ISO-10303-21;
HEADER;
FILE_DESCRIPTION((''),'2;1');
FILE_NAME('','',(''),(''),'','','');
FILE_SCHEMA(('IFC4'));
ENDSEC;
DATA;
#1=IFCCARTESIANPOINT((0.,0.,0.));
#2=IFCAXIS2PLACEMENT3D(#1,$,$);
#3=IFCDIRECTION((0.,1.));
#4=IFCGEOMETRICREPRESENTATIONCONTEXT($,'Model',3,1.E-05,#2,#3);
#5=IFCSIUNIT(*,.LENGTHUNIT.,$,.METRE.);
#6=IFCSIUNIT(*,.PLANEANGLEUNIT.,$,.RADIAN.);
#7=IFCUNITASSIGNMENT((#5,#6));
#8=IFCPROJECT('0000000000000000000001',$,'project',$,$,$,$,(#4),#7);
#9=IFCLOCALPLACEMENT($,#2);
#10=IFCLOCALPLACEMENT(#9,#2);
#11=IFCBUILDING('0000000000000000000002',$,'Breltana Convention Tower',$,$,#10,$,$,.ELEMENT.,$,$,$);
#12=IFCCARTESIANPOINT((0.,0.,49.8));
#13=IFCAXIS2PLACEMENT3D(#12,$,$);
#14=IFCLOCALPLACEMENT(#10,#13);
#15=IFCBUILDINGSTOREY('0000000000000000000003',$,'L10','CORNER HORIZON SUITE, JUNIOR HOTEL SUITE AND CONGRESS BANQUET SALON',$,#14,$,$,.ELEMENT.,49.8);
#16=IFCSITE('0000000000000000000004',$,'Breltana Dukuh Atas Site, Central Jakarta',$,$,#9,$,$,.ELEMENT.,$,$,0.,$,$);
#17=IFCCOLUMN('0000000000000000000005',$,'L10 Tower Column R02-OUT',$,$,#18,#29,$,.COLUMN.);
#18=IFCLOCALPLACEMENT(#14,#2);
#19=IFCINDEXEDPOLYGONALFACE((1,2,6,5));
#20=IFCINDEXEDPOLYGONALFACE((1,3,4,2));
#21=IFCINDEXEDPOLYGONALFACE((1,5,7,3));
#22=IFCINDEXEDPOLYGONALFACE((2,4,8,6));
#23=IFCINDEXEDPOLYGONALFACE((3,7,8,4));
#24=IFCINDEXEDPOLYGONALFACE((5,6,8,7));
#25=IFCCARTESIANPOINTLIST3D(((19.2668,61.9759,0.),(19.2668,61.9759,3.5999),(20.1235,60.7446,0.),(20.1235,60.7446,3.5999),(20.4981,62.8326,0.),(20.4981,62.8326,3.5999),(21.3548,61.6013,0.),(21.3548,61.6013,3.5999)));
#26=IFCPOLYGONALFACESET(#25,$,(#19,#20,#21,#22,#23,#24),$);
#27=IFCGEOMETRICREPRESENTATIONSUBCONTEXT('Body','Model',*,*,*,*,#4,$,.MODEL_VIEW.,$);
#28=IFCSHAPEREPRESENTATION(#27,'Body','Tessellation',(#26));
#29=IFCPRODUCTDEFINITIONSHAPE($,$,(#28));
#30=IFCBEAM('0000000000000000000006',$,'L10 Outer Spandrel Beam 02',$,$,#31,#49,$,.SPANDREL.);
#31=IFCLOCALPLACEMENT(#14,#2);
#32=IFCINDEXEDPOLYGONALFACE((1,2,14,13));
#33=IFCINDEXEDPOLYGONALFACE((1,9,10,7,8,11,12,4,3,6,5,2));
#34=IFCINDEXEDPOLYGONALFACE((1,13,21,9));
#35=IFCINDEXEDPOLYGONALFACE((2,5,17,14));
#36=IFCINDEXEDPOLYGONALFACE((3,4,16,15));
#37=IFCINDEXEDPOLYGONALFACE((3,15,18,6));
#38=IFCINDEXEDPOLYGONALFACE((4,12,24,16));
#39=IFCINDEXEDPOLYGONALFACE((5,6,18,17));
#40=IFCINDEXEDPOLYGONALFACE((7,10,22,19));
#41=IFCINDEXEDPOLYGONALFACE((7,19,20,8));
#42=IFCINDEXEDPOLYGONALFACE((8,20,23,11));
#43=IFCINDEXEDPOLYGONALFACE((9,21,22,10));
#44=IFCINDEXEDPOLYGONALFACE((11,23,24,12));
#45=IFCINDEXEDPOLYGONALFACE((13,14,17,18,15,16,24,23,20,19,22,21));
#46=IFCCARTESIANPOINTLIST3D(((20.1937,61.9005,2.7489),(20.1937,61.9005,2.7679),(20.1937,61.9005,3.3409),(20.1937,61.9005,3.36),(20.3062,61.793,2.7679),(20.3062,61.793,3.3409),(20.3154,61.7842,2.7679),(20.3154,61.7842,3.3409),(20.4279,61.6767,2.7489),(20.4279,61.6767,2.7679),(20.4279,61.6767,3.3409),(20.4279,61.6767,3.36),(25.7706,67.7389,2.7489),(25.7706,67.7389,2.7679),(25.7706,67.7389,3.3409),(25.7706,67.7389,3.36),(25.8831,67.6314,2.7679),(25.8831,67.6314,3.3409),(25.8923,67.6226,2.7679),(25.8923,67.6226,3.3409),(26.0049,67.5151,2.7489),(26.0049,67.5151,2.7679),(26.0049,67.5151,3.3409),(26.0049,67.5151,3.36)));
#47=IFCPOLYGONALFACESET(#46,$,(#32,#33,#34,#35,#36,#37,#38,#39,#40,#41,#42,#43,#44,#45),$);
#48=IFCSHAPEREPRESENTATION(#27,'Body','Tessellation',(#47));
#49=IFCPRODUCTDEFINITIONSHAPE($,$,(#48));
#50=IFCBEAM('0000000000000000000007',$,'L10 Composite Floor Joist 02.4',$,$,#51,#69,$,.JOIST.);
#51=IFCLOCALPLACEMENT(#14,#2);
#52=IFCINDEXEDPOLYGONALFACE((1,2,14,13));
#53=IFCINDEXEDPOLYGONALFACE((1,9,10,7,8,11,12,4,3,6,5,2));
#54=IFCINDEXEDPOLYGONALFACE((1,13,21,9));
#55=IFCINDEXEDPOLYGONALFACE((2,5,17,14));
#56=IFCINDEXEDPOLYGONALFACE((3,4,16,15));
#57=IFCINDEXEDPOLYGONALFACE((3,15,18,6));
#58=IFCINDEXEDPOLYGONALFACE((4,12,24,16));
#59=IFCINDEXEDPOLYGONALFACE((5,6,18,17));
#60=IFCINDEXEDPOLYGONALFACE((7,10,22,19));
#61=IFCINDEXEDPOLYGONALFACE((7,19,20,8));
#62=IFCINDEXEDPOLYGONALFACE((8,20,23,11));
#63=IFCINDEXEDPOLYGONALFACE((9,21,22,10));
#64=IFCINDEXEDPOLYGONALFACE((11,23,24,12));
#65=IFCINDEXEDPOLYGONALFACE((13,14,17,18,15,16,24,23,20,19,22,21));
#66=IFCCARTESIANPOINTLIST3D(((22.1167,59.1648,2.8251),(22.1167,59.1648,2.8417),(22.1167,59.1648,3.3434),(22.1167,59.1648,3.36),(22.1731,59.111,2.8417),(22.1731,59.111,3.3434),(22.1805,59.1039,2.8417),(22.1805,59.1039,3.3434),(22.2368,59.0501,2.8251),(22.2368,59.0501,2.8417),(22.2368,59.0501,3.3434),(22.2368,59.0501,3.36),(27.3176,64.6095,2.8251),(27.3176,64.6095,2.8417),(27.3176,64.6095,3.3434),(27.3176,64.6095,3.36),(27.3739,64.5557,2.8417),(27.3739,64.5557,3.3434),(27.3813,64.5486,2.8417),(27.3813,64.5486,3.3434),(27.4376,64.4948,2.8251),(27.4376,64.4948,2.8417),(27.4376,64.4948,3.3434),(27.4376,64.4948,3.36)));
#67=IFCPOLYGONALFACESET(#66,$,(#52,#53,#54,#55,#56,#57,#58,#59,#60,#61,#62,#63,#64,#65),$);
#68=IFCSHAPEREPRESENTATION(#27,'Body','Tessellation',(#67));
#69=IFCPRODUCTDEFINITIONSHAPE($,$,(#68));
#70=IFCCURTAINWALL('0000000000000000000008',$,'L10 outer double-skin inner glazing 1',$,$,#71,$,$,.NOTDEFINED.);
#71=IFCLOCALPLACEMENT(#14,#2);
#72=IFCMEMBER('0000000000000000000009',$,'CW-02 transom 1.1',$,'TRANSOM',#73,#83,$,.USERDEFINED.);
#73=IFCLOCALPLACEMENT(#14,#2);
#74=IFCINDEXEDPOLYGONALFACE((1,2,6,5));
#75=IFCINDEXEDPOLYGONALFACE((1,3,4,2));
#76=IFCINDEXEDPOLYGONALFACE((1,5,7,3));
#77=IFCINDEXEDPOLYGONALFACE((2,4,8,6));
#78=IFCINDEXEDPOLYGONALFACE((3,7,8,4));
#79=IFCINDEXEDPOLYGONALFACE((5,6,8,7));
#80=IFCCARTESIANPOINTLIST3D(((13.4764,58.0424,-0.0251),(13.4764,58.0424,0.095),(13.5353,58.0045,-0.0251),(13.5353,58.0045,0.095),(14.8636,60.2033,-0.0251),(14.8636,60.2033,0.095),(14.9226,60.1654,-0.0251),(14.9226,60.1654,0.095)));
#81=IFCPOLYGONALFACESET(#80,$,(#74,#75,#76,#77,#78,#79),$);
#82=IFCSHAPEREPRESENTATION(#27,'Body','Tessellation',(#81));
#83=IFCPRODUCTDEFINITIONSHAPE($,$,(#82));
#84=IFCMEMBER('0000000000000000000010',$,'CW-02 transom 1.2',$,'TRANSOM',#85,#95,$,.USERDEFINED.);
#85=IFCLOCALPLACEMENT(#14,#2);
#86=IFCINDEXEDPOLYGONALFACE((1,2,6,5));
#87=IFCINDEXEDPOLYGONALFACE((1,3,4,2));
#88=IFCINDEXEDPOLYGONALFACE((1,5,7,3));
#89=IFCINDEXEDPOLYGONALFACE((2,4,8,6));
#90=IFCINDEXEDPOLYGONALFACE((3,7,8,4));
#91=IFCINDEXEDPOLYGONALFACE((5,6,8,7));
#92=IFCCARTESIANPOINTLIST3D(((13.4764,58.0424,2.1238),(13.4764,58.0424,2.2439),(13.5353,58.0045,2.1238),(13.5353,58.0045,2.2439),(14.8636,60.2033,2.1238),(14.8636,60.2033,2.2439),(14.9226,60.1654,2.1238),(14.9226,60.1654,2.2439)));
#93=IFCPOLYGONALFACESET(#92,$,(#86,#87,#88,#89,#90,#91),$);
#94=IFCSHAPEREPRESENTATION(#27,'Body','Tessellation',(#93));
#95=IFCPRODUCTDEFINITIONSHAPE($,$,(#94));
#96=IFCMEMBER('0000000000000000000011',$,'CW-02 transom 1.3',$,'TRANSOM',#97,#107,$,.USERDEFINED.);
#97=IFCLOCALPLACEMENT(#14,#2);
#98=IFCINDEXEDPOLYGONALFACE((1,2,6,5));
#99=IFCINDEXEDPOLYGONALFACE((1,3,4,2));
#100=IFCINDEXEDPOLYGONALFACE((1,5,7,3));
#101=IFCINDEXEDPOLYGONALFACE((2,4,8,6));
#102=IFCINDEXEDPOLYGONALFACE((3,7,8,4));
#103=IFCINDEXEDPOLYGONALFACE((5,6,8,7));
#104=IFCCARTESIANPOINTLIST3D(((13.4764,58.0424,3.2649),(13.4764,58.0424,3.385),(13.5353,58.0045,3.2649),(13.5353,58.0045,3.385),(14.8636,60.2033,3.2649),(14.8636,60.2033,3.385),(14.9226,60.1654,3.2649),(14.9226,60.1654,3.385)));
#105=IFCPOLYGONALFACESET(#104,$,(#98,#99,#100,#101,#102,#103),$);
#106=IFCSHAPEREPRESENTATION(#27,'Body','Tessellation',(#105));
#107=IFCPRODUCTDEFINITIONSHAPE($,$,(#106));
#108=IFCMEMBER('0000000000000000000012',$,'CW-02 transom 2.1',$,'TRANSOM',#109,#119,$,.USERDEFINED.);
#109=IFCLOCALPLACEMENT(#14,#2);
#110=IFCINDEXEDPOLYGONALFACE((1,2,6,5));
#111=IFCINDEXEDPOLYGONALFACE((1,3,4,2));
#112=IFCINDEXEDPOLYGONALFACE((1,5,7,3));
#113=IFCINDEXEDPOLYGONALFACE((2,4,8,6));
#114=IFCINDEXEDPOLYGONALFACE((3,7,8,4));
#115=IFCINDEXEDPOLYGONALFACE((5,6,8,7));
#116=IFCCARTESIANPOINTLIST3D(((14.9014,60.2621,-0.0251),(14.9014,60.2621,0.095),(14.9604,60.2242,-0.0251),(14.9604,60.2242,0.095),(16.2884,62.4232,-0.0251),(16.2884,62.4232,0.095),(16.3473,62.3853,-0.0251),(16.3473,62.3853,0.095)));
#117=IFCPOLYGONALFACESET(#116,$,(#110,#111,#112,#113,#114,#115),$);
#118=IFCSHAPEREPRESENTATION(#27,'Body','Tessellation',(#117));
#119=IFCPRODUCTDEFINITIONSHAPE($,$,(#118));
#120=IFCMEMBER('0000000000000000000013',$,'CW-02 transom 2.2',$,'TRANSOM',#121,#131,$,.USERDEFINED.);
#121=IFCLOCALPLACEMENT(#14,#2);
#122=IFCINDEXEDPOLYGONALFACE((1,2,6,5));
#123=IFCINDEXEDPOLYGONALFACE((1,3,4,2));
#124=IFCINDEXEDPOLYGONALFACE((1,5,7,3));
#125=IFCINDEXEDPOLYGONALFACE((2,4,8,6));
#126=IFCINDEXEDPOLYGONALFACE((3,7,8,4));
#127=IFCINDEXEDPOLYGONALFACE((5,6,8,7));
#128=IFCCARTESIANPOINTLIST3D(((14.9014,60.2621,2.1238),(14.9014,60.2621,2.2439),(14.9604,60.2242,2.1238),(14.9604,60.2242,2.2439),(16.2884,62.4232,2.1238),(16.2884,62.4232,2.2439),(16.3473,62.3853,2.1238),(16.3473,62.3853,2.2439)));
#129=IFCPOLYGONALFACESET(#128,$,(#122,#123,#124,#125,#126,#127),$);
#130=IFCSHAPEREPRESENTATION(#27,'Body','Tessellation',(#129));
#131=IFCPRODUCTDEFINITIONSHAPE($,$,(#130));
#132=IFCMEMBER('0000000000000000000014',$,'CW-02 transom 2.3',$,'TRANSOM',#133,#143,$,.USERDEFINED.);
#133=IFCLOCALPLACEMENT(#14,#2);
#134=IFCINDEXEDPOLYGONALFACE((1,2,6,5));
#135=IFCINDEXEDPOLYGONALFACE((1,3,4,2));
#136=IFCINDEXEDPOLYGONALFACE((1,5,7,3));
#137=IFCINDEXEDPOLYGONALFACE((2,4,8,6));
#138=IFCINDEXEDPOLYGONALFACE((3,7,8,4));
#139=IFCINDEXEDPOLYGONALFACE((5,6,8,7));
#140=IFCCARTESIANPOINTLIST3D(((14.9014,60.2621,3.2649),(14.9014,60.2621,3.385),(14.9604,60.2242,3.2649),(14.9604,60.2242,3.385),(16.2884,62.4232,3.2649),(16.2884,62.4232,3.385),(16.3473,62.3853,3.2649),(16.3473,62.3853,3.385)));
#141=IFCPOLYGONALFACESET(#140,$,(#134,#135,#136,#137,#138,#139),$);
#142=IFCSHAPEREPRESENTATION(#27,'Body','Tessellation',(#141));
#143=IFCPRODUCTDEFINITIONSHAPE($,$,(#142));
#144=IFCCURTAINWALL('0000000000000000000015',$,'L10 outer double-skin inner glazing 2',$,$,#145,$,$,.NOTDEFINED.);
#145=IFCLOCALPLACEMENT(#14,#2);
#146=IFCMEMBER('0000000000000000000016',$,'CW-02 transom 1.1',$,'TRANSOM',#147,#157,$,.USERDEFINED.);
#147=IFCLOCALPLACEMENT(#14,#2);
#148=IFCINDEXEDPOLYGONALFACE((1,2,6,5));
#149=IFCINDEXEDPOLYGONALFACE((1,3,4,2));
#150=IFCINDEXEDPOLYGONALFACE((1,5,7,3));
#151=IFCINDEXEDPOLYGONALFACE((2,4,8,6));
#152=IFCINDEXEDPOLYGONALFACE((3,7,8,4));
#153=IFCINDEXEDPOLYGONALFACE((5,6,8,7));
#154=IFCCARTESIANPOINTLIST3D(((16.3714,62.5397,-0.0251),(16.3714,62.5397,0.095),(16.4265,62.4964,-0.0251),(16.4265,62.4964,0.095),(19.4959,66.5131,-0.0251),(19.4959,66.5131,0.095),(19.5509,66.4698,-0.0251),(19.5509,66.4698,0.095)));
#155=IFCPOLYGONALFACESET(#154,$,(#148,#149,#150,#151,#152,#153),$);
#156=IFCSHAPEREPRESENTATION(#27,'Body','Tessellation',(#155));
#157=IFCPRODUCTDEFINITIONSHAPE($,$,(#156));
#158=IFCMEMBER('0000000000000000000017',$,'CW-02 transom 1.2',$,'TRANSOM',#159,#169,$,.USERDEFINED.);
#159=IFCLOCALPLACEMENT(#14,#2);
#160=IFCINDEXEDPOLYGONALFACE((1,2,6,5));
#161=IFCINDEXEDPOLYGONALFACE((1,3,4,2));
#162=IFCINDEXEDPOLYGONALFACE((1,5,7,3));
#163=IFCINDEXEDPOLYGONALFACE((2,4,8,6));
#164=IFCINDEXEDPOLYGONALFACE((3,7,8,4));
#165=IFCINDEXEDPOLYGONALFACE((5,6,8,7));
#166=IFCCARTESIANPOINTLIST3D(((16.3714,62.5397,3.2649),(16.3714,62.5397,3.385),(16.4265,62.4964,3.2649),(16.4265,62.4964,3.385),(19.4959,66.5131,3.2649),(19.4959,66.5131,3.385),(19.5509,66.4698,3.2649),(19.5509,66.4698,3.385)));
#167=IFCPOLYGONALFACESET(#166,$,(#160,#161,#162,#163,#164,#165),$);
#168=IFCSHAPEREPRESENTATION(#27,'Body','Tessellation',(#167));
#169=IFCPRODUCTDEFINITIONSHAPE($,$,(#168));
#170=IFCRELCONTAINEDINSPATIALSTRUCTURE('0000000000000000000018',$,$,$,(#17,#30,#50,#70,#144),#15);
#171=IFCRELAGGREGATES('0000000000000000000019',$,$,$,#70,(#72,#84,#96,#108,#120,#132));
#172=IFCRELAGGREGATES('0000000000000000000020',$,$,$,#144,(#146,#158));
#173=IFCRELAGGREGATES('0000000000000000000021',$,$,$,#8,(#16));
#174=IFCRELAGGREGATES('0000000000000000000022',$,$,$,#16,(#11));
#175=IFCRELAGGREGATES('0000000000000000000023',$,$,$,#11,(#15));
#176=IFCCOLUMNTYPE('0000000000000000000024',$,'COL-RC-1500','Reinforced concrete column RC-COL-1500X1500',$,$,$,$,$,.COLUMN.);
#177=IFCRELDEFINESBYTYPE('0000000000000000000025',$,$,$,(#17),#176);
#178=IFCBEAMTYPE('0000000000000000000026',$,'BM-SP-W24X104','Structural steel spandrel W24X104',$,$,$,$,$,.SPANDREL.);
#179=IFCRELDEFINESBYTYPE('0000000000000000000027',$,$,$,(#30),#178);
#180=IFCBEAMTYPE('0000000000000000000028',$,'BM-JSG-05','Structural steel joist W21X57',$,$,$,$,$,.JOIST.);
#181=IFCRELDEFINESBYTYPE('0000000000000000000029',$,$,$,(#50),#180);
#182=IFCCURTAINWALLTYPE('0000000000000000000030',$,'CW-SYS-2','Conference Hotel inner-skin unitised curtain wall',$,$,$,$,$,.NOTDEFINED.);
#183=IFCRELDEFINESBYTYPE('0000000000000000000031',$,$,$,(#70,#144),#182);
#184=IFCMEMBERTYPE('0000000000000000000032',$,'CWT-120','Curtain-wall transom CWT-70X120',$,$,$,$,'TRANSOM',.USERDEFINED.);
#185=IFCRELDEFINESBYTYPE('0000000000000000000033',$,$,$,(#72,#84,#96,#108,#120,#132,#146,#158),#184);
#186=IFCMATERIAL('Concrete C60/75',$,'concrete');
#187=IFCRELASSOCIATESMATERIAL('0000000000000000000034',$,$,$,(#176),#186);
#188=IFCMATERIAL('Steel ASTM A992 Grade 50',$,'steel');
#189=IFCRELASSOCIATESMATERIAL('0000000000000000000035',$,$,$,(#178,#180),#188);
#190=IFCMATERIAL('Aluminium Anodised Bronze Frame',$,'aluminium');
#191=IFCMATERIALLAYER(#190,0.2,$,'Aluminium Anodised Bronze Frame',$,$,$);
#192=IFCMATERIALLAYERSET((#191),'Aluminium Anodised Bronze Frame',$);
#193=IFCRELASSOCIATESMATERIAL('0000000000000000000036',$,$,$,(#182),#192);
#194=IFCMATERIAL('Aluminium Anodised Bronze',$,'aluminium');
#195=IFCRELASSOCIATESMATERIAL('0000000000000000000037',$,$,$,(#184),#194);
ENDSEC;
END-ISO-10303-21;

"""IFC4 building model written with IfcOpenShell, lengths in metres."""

from ifc_helpers import new_model, si_unit, direction, frame, origin, origin_2d, place, context, subcontext, project, spatial, rectangle, i_section, extrude, source, transform, mapped, material, layer, layer_set, material_profile, profile_set, type_object, type_shapes, element, aggregate, save


model = new_model("IFC4")

# Units and contexts
model_context = context("Model", 3, precision=1e-05, world=origin(), true_north=direction((0.0, 1.0)))
body_context = subcontext(model_context, "Body", "Model", "MODEL_VIEW")
ifc_project = project(units=[si_unit("LENGTHUNIT", "METRE"), si_unit("PLANEANGLEUNIT", "RADIAN")], contexts=[model_context])

# Site, building, storey
site_placement = place(None, origin())
site = spatial("IfcSite", under=ifc_project, at=site_placement, Name="Breltana Dukuh Atas Site, Central Jakarta", CompositionType="ELEMENT", RefElevation=0.0)
building_placement = place(site_placement, origin())
building = spatial("IfcBuilding", under=site, at=building_placement, Name="Breltana Convention Tower", CompositionType="ELEMENT")
storey_placement = place(building_placement, frame((0.0, 0.0, 49.8)))
storey = spatial("IfcBuildingStorey", under=building, at=storey_placement, Name="L10", Description="CORNER HORIZON SUITE, JUNIOR HOTEL SUITE AND CONGRESS BANQUET SALON", CompositionType="ELEMENT", Elevation=49.8)

# Column
ifc_material_1 = material(Name="Concrete C60/75", Category="concrete")
ifc_material_profile_1 = material_profile(ifc_material_1, rectangle(XDim=1.5, YDim=1.5, at=origin_2d()), Name="RC-COL-1500X1500")
ifc_profile_set_1 = profile_set([ifc_material_profile_1], Name="Concrete C60/75")
column_type = type_object("IfcColumnType", Name="COL-RC-1500", Description="Reinforced concrete column RC-COL-1500X1500", PredefinedType="COLUMN", material=ifc_profile_set_1)
shared_shape_1 = source(origin(), body_context, "Body", "SweptSolid", [
    extrude(rectangle(XDim=1.5, YDim=1.5, at=origin_2d()), origin(), (0.0, 0.0, 1.0), 3.5999),
])
column_placement = place(storey_placement, frame((20.3108, 61.7886, 0.0), z_axis=(0.0, 0.0, 1.0), x_axis=(-0.571143, 0.82085, 0.0)))
element("IfcColumn", 1, at=column_placement, inside=storey, type_object=column_type, Name="L10 Tower Column R02-OUT", PredefinedType="COLUMN", context=body_context, shape_type="MappedRepresentation", body=[
    mapped(shared_shape_1, transform((0.0, 0.0, 0.0), scale=1.0)),
])

# Beams
ifc_material_2 = material(Name="Steel ASTM A992 Grade 50", Category="steel")
ifc_material_profile_2 = material_profile(ifc_material_2, i_section(OverallWidth=0.324, OverallDepth=0.6111, WebThickness=0.0127, FlangeThickness=0.019, at=origin_2d()), Name="W24X104")
ifc_profile_set_2 = profile_set([ifc_material_profile_2], Name="Steel ASTM A992 Grade 50")
beam_type_1 = type_object("IfcBeamType", Name="BM-SP-W24X104", Description="Structural steel spandrel W24X104", PredefinedType="SPANDREL", material=ifc_profile_set_2)
shared_shape_2 = source(origin(), body_context, "Body", "SweptSolid", [
    extrude(i_section(OverallWidth=0.324, OverallDepth=0.6111, WebThickness=0.0127, FlangeThickness=0.019, at=origin_2d()), origin(), (0.0, 0.0, 1.0), 8.074),
])
beam_1_placement = place(storey_placement, frame((20.3108, 61.7886, 3.0544), z_axis=(0.690729, 0.723114, 0.0), x_axis=(-0.723114, 0.690729, 0.0)))
element("IfcBeam", 2, at=beam_1_placement, inside=storey, type_object=beam_type_1, Name="L10 Outer Spandrel Beam 02", PredefinedType="SPANDREL", context=body_context, shape_type="MappedRepresentation", body=[
    mapped(shared_shape_2, transform((0.0, 0.0, 0.0), scale=1.0)),
])
ifc_material_profile_3 = material_profile(ifc_material_2, i_section(OverallWidth=0.166, OverallDepth=0.5349, WebThickness=0.0103, FlangeThickness=0.0166, at=origin_2d()), Name="W21X57")
ifc_profile_set_3 = profile_set([ifc_material_profile_3], Name="Steel ASTM A992 Grade 50")
beam_type_2 = type_object("IfcBeamType", Name="BM-JSG-05", Description="Structural steel joist W21X57", PredefinedType="JOIST", material=ifc_profile_set_3)
shared_shape_3 = source(origin(), body_context, "Body", "SweptSolid", [
    extrude(i_section(OverallWidth=0.166, OverallDepth=0.5349, WebThickness=0.0103, FlangeThickness=0.0166, at=origin_2d()), origin(), (0.0, 0.0, 1.0), 7.5295),
])
beam_2_placement = place(storey_placement, frame((22.1768, 59.1074, 3.0925), z_axis=(0.690726, 0.723117, 0.0), x_axis=(-0.723117, 0.690726, 0.0)))
element("IfcBeam", 3, at=beam_2_placement, inside=storey, type_object=beam_type_2, Name="L10 Composite Floor Joist 02.4", PredefinedType="JOIST", context=body_context, shape_type="MappedRepresentation", body=[
    mapped(shared_shape_3, transform((0.0, 0.0, 0.0), scale=1.0)),
])

# Curtain walls, members
ifc_material_3 = material(Name="Aluminium Anodised Bronze Frame", Category="aluminium")
ifc_layer_1 = layer(ifc_material_3, 0.2, Name="Aluminium Anodised Bronze Frame")
ifc_layer_set_1 = layer_set([ifc_layer_1], Name="Aluminium Anodised Bronze Frame")
curtain_wall_type = type_object("IfcCurtainWallType", Name="CW-SYS-2", Description="Conference Hotel inner-skin unitised curtain wall", PredefinedType="NOTDEFINED", material=ifc_layer_set_1)
curtain_wall_1_placement = place(storey_placement, origin())
curtain_wall_1 = element("IfcCurtainWall", 4, at=curtain_wall_1_placement, inside=storey, type_object=curtain_wall_type, Name="L10 outer double-skin inner glazing 1", PredefinedType="NOTDEFINED")
ifc_material_4 = material(Name="Aluminium Anodised Bronze", Category="aluminium")
ifc_material_profile_4 = material_profile(ifc_material_4, rectangle(XDim=0.0701, YDim=0.1201, at=origin_2d()), Name="CWT-70X120")
ifc_profile_set_4 = profile_set([ifc_material_profile_4], Name="Aluminium Anodised Bronze")
member_type_1 = type_object("IfcMemberType", Name="CWT-120", Description="Curtain-wall transom CWT-70X120", ElementType="TRANSOM", PredefinedType="USERDEFINED", material=ifc_profile_set_4)
shared_shape_4 = source(origin(), body_context, "Body", "SweptSolid", [
    extrude(rectangle(XDim=0.0701, YDim=0.1201, at=origin_2d()), origin(), (0.0, 0.0, 1.0), 2.5679),
])
type_shapes(member_type_1, [shared_shape_4])
member_1_placement = place(storey_placement, frame((13.5059, 58.0234, 0.0349), z_axis=(0.540224, 0.841521, 0.0), x_axis=(-0.841521, 0.540224, 0.0)))
member_1 = element("IfcMember", 5, at=member_1_placement, type_object=member_type_1, Name="CW-02 transom 1.1", ObjectType="TRANSOM", PredefinedType="USERDEFINED", context=body_context, shape_type="MappedRepresentation", body=[
    mapped(shared_shape_4, transform((0.0, 0.0, 0.0), scale=1.0)),
])
member_2_placement = place(storey_placement, frame((13.5059, 58.0234, 2.1838), z_axis=(0.540224, 0.841521, 0.0), x_axis=(-0.841521, 0.540224, 0.0)))
member_2 = element("IfcMember", 6, at=member_2_placement, type_object=member_type_1, Name="CW-02 transom 1.2", ObjectType="TRANSOM", PredefinedType="USERDEFINED", context=body_context, shape_type="MappedRepresentation", body=[
    mapped(shared_shape_4, transform((0.0, 0.0, 0.0), scale=1.0)),
])
member_3_placement = place(storey_placement, frame((13.5059, 58.0234, 3.325), z_axis=(0.540224, 0.841521, 0.0), x_axis=(-0.841521, 0.540224, 0.0)))
member_3 = element("IfcMember", 7, at=member_3_placement, type_object=member_type_1, Name="CW-02 transom 1.3", ObjectType="TRANSOM", PredefinedType="USERDEFINED", context=body_context, shape_type="MappedRepresentation", body=[
    mapped(shared_shape_4, transform((0.0, 0.0, 0.0), scale=1.0)),
])
member_4_placement = place(storey_placement, frame((14.9309, 60.2432, 0.0349), z_axis=(0.540114, 0.841592, 0.0), x_axis=(-0.841592, 0.540114, 0.0)))
member_4 = element("IfcMember", 8, at=member_4_placement, type_object=member_type_1, Name="CW-02 transom 2.1", ObjectType="TRANSOM", PredefinedType="USERDEFINED", context=body_context, shape_type="MappedRepresentation", body=[
    mapped(shared_shape_4, transform((0.0, 0.0, 0.0), scale=1.0)),
])
member_5_placement = place(storey_placement, frame((14.9309, 60.2432, 2.1838), z_axis=(0.540114, 0.841592, 0.0), x_axis=(-0.841592, 0.540114, 0.0)))
member_5 = element("IfcMember", 9, at=member_5_placement, type_object=member_type_1, Name="CW-02 transom 2.2", ObjectType="TRANSOM", PredefinedType="USERDEFINED", context=body_context, shape_type="MappedRepresentation", body=[
    mapped(shared_shape_4, transform((0.0, 0.0, 0.0), scale=1.0)),
])
member_6_placement = place(storey_placement, frame((14.9309, 60.2432, 3.325), z_axis=(0.540114, 0.841592, 0.0), x_axis=(-0.841592, 0.540114, 0.0)))
member_6 = element("IfcMember", 10, at=member_6_placement, type_object=member_type_1, Name="CW-02 transom 2.3", ObjectType="TRANSOM", PredefinedType="USERDEFINED", context=body_context, shape_type="MappedRepresentation", body=[
    mapped(shared_shape_4, transform((0.0, 0.0, 0.0), scale=1.0)),
])
curtain_wall_2_placement = place(storey_placement, origin())
curtain_wall_2 = element("IfcCurtainWall", 11, at=curtain_wall_2_placement, inside=storey, type_object=curtain_wall_type, Name="L10 outer double-skin inner glazing 2", PredefinedType="NOTDEFINED")
shared_shape_5 = source(origin(), body_context, "Body", "SweptSolid", [
    extrude(rectangle(XDim=0.0701, YDim=0.1201, at=origin_2d()), origin(), (0.0, 0.0, 1.0), 5.0547),
])
member_7_placement = place(storey_placement, frame((16.3989, 62.5181, 0.0349), z_axis=(0.618135, 0.786072, 0.0), x_axis=(-0.786072, 0.618135, 0.0)))
member_7 = element("IfcMember", 12, at=member_7_placement, type_object=member_type_1, Name="CW-02 transom 1.1", ObjectType="TRANSOM", PredefinedType="USERDEFINED", context=body_context, shape_type="MappedRepresentation", body=[
    mapped(shared_shape_5, transform((0.0, 0.0, 0.0), scale=1.0)),
])
member_8_placement = place(storey_placement, frame((16.3989, 62.5181, 3.325), z_axis=(0.618135, 0.786072, 0.0), x_axis=(-0.786072, 0.618135, 0.0)))
member_8 = element("IfcMember", 13, at=member_8_placement, type_object=member_type_1, Name="CW-02 transom 1.2", ObjectType="TRANSOM", PredefinedType="USERDEFINED", context=body_context, shape_type="MappedRepresentation", body=[
    mapped(shared_shape_5, transform((0.0, 0.0, 0.0), scale=1.0)),
])

aggregate(curtain_wall_1, [member_1, member_2, member_3, member_4, member_5, member_6])
aggregate(curtain_wall_2, [member_7, member_8])

save(model, "model.ifc")
